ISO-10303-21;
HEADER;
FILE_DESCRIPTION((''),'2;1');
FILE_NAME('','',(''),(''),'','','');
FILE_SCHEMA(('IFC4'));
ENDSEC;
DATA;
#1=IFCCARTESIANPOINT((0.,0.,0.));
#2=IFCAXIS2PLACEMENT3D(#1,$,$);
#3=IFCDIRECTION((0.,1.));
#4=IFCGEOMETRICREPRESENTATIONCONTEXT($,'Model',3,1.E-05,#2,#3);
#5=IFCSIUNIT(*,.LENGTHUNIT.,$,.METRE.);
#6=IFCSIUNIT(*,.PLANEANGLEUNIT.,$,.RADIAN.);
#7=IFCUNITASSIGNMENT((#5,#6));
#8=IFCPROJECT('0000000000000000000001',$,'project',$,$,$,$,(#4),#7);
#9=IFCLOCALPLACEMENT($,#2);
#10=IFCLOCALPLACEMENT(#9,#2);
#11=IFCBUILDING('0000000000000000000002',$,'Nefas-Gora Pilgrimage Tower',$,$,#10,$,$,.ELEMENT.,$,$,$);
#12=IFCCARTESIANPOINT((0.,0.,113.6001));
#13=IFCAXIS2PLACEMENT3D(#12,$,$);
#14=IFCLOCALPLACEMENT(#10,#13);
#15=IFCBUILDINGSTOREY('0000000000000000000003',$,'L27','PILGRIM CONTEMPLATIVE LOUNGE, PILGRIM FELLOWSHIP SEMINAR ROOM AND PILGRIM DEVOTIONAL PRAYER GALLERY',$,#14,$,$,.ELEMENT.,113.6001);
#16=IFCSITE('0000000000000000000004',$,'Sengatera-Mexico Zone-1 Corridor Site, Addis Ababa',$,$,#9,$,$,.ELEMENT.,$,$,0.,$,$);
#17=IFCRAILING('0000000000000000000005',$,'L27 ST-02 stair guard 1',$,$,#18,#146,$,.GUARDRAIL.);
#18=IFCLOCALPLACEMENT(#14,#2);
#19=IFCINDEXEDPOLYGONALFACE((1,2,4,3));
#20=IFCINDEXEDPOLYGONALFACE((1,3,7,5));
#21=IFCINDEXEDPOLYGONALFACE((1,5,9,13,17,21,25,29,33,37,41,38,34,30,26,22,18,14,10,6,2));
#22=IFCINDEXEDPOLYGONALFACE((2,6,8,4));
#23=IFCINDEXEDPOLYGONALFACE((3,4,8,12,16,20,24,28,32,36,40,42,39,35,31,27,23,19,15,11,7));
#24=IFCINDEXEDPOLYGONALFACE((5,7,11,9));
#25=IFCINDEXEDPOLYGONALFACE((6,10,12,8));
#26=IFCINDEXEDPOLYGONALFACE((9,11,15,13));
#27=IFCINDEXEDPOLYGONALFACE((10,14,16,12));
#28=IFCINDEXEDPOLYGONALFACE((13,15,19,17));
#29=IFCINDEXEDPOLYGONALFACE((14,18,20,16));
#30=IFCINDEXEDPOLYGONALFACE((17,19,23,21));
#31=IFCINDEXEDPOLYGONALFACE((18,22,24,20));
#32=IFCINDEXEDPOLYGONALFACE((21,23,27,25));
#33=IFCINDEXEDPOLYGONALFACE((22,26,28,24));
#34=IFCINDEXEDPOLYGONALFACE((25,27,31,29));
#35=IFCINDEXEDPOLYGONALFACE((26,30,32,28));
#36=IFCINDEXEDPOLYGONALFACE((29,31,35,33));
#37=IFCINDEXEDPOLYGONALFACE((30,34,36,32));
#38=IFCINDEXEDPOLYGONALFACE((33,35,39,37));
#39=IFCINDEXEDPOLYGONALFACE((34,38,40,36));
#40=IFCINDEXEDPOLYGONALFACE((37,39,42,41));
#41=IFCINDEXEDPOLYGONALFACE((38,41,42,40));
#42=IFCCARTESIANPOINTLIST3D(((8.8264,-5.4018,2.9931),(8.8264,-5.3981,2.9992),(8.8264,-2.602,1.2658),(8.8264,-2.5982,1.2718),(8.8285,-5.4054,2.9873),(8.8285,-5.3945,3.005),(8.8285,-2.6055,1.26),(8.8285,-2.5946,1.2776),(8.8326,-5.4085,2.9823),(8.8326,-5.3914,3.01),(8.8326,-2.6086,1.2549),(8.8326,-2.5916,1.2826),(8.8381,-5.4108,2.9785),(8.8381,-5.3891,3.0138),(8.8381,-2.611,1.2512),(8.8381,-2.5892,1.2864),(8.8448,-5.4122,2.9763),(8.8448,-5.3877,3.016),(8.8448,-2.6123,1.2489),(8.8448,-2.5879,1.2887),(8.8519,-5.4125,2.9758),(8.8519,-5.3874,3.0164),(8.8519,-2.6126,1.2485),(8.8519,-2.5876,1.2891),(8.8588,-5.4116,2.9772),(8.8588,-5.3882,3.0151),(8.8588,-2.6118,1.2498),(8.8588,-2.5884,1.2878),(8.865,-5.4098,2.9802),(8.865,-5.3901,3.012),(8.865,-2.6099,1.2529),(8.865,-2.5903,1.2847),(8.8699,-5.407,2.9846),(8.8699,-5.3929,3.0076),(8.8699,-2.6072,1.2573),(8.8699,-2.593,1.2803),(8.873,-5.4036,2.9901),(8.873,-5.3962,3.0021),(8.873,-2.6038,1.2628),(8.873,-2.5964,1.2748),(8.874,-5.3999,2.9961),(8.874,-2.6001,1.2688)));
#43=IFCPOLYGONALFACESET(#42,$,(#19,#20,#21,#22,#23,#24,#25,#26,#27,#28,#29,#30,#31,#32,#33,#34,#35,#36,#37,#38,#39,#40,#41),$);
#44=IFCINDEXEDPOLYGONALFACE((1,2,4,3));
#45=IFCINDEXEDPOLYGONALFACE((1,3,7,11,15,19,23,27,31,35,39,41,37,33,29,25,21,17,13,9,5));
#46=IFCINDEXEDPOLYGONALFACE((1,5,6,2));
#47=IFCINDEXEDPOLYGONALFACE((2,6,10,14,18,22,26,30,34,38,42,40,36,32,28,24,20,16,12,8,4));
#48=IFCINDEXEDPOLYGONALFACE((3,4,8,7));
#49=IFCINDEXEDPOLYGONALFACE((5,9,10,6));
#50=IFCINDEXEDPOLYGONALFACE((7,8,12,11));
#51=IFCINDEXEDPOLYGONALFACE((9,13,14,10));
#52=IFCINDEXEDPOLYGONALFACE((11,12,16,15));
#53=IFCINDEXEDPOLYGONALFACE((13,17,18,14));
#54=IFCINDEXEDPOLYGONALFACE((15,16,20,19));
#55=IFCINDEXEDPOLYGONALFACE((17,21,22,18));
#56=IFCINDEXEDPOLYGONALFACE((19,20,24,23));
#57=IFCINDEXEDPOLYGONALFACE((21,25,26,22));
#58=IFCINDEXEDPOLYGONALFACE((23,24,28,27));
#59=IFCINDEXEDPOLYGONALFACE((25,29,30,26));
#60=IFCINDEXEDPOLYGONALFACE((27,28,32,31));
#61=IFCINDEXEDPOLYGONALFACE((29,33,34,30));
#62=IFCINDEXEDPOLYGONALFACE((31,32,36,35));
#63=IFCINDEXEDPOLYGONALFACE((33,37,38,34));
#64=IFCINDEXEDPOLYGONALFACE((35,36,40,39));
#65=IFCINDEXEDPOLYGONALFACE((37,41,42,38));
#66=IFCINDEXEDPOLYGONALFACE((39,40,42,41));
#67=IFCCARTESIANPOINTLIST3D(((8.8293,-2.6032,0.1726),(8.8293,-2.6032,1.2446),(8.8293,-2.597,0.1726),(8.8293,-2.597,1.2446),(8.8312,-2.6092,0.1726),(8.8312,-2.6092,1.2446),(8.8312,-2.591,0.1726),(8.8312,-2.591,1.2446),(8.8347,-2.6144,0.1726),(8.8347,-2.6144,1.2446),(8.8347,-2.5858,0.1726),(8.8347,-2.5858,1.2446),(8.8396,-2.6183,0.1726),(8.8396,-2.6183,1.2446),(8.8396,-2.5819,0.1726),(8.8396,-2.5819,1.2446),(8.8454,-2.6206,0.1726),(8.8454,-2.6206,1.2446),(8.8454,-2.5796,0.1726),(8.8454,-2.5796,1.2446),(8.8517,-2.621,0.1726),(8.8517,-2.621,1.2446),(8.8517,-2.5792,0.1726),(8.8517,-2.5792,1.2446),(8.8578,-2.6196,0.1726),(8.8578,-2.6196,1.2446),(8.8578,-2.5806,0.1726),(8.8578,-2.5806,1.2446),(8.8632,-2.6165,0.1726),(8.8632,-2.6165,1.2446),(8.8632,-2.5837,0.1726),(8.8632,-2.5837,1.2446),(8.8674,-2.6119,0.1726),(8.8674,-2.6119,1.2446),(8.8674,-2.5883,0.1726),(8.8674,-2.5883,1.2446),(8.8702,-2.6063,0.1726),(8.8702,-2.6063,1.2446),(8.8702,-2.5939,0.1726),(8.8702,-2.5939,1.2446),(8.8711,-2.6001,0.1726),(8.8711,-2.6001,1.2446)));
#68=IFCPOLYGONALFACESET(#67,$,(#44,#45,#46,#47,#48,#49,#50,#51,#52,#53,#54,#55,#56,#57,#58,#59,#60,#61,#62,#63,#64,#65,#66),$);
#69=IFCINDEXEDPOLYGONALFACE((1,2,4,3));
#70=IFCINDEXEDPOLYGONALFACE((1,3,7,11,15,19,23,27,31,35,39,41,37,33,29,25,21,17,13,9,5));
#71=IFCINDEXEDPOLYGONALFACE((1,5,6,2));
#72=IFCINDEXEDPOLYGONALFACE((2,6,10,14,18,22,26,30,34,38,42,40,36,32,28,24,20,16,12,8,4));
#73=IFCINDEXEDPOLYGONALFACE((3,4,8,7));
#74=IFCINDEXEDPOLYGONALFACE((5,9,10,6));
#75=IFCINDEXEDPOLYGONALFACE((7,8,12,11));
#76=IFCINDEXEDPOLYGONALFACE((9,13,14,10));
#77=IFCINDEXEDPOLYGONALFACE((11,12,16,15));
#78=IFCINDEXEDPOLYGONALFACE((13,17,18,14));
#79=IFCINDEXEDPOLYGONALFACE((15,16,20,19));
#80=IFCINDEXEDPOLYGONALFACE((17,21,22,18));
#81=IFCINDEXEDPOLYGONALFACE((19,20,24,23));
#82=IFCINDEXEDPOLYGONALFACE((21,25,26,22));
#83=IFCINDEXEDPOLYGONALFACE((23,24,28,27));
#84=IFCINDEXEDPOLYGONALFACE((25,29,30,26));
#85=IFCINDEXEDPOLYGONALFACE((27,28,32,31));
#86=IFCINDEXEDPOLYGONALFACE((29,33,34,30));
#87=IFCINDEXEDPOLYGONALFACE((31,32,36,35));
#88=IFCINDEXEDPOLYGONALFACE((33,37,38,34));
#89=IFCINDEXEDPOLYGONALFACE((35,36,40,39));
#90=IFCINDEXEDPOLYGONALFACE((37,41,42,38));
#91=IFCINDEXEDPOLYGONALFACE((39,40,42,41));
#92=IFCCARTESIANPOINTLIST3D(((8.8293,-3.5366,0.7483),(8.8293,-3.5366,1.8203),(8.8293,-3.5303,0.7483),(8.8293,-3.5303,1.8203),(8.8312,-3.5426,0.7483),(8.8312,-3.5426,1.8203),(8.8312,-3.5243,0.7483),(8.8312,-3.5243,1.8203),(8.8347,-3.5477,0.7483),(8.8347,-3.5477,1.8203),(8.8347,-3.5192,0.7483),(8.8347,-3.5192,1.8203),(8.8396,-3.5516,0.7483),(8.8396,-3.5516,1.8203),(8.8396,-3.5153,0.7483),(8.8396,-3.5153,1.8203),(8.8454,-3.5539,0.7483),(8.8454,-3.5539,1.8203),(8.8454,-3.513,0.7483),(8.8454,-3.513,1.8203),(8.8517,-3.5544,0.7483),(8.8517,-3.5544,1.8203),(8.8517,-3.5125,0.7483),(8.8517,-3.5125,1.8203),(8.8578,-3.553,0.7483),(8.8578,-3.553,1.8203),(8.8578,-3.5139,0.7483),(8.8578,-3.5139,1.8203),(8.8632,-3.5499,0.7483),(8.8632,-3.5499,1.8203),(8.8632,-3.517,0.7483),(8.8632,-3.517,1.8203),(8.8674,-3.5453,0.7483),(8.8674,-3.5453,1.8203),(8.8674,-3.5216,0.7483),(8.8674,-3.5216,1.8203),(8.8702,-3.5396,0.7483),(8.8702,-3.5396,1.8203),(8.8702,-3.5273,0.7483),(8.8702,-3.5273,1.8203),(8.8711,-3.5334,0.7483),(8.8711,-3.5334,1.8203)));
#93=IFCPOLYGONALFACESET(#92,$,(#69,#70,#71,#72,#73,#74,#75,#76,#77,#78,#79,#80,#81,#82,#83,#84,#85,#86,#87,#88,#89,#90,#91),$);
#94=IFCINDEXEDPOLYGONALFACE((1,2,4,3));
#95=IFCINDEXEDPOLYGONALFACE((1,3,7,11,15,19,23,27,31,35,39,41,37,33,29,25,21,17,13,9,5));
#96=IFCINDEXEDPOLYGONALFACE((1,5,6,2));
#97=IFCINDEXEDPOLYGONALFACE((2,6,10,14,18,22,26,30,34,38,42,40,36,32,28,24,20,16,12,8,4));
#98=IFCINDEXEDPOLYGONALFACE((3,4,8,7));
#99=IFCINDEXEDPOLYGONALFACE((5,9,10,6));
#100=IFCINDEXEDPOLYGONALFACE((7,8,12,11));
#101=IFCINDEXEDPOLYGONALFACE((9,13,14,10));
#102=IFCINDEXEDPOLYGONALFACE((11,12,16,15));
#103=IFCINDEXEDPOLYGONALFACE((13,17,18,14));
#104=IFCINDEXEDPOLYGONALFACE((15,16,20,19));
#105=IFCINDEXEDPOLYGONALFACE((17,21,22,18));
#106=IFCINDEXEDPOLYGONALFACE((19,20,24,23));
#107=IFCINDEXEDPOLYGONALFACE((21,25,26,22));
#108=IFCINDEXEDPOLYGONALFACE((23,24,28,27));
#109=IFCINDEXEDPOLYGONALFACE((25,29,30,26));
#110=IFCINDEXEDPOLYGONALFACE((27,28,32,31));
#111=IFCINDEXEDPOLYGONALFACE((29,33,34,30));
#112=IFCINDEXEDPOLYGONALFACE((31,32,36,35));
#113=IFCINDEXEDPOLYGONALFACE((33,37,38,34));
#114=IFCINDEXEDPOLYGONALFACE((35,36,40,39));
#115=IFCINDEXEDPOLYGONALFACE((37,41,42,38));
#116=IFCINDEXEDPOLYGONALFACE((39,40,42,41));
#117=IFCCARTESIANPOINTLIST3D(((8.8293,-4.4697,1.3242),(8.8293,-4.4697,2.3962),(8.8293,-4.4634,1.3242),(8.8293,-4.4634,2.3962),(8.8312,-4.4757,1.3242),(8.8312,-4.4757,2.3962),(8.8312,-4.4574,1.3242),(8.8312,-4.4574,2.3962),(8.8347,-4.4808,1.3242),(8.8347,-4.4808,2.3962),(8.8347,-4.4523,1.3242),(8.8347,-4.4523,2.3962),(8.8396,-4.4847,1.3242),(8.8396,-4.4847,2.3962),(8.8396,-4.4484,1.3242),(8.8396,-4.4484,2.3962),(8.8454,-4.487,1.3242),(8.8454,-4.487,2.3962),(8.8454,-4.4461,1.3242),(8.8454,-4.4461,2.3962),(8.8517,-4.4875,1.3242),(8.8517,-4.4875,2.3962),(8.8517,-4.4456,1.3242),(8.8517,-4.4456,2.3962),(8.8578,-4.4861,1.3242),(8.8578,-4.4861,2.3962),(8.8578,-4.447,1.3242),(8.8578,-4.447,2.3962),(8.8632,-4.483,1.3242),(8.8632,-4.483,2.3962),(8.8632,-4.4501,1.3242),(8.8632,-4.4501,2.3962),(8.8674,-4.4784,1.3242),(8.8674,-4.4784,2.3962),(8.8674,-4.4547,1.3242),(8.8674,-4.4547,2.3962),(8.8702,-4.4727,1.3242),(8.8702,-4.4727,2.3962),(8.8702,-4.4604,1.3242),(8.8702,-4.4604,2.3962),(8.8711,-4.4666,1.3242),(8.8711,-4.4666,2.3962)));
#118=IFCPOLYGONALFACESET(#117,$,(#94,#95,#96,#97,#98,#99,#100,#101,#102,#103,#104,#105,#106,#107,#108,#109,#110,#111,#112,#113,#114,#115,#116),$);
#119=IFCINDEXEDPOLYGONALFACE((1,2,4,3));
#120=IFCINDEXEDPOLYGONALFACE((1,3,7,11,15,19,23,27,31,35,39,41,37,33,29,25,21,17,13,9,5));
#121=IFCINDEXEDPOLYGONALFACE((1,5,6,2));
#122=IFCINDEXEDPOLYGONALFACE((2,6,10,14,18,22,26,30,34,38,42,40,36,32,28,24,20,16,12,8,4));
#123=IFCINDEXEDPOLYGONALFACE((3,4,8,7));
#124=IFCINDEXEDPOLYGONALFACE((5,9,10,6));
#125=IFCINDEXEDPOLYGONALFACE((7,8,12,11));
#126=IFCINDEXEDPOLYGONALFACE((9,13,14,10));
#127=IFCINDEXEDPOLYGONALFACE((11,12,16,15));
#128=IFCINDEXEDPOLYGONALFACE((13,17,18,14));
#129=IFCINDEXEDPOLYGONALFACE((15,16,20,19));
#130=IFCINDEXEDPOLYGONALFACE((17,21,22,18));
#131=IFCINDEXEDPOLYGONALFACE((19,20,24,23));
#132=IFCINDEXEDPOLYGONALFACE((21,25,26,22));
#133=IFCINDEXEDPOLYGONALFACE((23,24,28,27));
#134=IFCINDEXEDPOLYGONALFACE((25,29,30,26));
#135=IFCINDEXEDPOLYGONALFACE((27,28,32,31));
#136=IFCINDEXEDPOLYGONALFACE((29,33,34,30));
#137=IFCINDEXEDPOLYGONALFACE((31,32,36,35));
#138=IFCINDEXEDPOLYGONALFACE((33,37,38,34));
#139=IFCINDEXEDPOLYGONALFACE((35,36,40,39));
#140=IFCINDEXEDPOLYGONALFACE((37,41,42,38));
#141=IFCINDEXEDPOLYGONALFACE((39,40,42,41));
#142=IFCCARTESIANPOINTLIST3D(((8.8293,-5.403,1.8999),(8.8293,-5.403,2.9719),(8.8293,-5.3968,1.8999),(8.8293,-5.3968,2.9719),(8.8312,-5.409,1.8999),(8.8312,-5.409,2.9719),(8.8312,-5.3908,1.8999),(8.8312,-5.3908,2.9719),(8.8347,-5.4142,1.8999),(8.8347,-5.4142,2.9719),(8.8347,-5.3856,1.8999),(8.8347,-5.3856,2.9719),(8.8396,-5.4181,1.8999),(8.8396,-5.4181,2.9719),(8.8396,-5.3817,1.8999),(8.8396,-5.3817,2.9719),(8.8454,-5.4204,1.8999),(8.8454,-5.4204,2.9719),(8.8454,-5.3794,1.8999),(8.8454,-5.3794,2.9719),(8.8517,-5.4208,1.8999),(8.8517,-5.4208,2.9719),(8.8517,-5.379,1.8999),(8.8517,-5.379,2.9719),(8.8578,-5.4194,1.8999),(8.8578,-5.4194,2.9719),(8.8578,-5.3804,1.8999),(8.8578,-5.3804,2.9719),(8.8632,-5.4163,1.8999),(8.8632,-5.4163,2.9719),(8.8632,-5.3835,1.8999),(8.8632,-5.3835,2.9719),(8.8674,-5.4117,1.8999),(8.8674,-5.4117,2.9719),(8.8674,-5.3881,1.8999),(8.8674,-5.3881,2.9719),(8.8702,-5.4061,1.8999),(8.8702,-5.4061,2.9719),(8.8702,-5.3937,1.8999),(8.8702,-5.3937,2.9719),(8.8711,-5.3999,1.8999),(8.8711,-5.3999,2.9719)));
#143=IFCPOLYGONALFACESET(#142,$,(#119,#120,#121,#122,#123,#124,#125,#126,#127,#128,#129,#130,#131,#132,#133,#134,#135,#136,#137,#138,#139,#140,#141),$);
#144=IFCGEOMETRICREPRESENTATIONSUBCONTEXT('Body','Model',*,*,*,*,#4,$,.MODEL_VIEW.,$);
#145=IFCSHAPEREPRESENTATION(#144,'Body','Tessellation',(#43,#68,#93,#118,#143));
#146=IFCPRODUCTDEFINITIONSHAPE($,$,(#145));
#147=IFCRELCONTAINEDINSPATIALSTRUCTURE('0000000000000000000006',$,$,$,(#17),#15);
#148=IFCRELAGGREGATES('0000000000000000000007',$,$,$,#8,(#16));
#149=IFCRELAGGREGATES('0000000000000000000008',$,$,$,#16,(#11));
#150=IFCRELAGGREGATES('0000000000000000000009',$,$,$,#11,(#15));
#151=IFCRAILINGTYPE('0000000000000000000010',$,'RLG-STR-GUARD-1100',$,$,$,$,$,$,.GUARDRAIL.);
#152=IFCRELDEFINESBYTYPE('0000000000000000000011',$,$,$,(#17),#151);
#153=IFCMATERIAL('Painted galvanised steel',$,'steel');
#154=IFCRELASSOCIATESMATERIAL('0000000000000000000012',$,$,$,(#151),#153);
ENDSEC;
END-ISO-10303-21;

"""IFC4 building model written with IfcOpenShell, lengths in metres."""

from ifc_helpers import new_model, si_unit, direction, frame, origin, origin_2d, place, context, subcontext, project, spatial, circle, extrude, material, type_object, element, save


model = new_model("IFC4")

# Units and contexts
model_context = context("Model", 3, precision=1e-05, world=origin(), true_north=direction((0.0, 1.0)))
body_context = subcontext(model_context, "Body", "Model", "MODEL_VIEW")
ifc_project = project(units=[si_unit("LENGTHUNIT", "METRE"), si_unit("PLANEANGLEUNIT", "RADIAN")], contexts=[model_context])

# Site, building, storey
site_placement = place(None, origin())
site = spatial("IfcSite", under=ifc_project, at=site_placement, Name="Sengatera-Mexico Zone-1 Corridor Site, Addis Ababa", CompositionType="ELEMENT", RefElevation=0.0)
building_placement = place(site_placement, origin())
building = spatial("IfcBuilding", under=site, at=building_placement, Name="Nefas-Gora Pilgrimage Tower", CompositionType="ELEMENT")
storey_placement = place(building_placement, frame((0.0, 0.0, 113.6001)))
storey = spatial("IfcBuildingStorey", under=building, at=storey_placement, Name="L27", Description="PILGRIM CONTEMPLATIVE LOUNGE, PILGRIM FELLOWSHIP SEMINAR ROOM AND PILGRIM DEVOTIONAL PRAYER GALLERY", CompositionType="ELEMENT", Elevation=113.6001)

# Railing
ifc_material_1 = material(Name="Painted galvanised steel", Category="steel")
railing_type_1 = type_object("IfcRailingType", Name="RLG-STR-GUARD-1100", PredefinedType="GUARDRAIL", material=ifc_material_1)
railing_1_placement = place(storey_placement, frame((8.8501, -2.6001, 0.1726)))
element("IfcRailing", 1, at=railing_1_placement, inside=storey, type_object=railing_type_1, Name="L27 ST-02 stair guard 1", PredefinedType="GUARDRAIL", context=body_context, shape_type="SweptSolid", body=[
    extrude(circle(Radius=0.0239, at=origin_2d()), frame((0.0, 0.0, 1.0962), z_axis=(0.0, -0.851069, 0.525054), x_axis=(1.0, 0.0, 0.0)), (0.0, 0.0, 1.0), 3.2898),
    extrude(circle(Radius=0.021, at=origin_2d()), origin(), (0.0, 0.0, 1.0), 1.072),
    extrude(circle(Radius=0.021, at=origin_2d()), frame((0.0, -0.9333, 0.5757)), (0.0, 0.0, 1.0), 1.072),
    extrude(circle(Radius=0.021, at=origin_2d()), frame((0.0, -1.8665, 1.1516)), (0.0, 0.0, 1.0), 1.072),
    extrude(circle(Radius=0.021, at=origin_2d()), frame((0.0, -2.7998, 1.7273)), (0.0, 0.0, 1.0), 1.072),
])

save(model, "model.ifc")
